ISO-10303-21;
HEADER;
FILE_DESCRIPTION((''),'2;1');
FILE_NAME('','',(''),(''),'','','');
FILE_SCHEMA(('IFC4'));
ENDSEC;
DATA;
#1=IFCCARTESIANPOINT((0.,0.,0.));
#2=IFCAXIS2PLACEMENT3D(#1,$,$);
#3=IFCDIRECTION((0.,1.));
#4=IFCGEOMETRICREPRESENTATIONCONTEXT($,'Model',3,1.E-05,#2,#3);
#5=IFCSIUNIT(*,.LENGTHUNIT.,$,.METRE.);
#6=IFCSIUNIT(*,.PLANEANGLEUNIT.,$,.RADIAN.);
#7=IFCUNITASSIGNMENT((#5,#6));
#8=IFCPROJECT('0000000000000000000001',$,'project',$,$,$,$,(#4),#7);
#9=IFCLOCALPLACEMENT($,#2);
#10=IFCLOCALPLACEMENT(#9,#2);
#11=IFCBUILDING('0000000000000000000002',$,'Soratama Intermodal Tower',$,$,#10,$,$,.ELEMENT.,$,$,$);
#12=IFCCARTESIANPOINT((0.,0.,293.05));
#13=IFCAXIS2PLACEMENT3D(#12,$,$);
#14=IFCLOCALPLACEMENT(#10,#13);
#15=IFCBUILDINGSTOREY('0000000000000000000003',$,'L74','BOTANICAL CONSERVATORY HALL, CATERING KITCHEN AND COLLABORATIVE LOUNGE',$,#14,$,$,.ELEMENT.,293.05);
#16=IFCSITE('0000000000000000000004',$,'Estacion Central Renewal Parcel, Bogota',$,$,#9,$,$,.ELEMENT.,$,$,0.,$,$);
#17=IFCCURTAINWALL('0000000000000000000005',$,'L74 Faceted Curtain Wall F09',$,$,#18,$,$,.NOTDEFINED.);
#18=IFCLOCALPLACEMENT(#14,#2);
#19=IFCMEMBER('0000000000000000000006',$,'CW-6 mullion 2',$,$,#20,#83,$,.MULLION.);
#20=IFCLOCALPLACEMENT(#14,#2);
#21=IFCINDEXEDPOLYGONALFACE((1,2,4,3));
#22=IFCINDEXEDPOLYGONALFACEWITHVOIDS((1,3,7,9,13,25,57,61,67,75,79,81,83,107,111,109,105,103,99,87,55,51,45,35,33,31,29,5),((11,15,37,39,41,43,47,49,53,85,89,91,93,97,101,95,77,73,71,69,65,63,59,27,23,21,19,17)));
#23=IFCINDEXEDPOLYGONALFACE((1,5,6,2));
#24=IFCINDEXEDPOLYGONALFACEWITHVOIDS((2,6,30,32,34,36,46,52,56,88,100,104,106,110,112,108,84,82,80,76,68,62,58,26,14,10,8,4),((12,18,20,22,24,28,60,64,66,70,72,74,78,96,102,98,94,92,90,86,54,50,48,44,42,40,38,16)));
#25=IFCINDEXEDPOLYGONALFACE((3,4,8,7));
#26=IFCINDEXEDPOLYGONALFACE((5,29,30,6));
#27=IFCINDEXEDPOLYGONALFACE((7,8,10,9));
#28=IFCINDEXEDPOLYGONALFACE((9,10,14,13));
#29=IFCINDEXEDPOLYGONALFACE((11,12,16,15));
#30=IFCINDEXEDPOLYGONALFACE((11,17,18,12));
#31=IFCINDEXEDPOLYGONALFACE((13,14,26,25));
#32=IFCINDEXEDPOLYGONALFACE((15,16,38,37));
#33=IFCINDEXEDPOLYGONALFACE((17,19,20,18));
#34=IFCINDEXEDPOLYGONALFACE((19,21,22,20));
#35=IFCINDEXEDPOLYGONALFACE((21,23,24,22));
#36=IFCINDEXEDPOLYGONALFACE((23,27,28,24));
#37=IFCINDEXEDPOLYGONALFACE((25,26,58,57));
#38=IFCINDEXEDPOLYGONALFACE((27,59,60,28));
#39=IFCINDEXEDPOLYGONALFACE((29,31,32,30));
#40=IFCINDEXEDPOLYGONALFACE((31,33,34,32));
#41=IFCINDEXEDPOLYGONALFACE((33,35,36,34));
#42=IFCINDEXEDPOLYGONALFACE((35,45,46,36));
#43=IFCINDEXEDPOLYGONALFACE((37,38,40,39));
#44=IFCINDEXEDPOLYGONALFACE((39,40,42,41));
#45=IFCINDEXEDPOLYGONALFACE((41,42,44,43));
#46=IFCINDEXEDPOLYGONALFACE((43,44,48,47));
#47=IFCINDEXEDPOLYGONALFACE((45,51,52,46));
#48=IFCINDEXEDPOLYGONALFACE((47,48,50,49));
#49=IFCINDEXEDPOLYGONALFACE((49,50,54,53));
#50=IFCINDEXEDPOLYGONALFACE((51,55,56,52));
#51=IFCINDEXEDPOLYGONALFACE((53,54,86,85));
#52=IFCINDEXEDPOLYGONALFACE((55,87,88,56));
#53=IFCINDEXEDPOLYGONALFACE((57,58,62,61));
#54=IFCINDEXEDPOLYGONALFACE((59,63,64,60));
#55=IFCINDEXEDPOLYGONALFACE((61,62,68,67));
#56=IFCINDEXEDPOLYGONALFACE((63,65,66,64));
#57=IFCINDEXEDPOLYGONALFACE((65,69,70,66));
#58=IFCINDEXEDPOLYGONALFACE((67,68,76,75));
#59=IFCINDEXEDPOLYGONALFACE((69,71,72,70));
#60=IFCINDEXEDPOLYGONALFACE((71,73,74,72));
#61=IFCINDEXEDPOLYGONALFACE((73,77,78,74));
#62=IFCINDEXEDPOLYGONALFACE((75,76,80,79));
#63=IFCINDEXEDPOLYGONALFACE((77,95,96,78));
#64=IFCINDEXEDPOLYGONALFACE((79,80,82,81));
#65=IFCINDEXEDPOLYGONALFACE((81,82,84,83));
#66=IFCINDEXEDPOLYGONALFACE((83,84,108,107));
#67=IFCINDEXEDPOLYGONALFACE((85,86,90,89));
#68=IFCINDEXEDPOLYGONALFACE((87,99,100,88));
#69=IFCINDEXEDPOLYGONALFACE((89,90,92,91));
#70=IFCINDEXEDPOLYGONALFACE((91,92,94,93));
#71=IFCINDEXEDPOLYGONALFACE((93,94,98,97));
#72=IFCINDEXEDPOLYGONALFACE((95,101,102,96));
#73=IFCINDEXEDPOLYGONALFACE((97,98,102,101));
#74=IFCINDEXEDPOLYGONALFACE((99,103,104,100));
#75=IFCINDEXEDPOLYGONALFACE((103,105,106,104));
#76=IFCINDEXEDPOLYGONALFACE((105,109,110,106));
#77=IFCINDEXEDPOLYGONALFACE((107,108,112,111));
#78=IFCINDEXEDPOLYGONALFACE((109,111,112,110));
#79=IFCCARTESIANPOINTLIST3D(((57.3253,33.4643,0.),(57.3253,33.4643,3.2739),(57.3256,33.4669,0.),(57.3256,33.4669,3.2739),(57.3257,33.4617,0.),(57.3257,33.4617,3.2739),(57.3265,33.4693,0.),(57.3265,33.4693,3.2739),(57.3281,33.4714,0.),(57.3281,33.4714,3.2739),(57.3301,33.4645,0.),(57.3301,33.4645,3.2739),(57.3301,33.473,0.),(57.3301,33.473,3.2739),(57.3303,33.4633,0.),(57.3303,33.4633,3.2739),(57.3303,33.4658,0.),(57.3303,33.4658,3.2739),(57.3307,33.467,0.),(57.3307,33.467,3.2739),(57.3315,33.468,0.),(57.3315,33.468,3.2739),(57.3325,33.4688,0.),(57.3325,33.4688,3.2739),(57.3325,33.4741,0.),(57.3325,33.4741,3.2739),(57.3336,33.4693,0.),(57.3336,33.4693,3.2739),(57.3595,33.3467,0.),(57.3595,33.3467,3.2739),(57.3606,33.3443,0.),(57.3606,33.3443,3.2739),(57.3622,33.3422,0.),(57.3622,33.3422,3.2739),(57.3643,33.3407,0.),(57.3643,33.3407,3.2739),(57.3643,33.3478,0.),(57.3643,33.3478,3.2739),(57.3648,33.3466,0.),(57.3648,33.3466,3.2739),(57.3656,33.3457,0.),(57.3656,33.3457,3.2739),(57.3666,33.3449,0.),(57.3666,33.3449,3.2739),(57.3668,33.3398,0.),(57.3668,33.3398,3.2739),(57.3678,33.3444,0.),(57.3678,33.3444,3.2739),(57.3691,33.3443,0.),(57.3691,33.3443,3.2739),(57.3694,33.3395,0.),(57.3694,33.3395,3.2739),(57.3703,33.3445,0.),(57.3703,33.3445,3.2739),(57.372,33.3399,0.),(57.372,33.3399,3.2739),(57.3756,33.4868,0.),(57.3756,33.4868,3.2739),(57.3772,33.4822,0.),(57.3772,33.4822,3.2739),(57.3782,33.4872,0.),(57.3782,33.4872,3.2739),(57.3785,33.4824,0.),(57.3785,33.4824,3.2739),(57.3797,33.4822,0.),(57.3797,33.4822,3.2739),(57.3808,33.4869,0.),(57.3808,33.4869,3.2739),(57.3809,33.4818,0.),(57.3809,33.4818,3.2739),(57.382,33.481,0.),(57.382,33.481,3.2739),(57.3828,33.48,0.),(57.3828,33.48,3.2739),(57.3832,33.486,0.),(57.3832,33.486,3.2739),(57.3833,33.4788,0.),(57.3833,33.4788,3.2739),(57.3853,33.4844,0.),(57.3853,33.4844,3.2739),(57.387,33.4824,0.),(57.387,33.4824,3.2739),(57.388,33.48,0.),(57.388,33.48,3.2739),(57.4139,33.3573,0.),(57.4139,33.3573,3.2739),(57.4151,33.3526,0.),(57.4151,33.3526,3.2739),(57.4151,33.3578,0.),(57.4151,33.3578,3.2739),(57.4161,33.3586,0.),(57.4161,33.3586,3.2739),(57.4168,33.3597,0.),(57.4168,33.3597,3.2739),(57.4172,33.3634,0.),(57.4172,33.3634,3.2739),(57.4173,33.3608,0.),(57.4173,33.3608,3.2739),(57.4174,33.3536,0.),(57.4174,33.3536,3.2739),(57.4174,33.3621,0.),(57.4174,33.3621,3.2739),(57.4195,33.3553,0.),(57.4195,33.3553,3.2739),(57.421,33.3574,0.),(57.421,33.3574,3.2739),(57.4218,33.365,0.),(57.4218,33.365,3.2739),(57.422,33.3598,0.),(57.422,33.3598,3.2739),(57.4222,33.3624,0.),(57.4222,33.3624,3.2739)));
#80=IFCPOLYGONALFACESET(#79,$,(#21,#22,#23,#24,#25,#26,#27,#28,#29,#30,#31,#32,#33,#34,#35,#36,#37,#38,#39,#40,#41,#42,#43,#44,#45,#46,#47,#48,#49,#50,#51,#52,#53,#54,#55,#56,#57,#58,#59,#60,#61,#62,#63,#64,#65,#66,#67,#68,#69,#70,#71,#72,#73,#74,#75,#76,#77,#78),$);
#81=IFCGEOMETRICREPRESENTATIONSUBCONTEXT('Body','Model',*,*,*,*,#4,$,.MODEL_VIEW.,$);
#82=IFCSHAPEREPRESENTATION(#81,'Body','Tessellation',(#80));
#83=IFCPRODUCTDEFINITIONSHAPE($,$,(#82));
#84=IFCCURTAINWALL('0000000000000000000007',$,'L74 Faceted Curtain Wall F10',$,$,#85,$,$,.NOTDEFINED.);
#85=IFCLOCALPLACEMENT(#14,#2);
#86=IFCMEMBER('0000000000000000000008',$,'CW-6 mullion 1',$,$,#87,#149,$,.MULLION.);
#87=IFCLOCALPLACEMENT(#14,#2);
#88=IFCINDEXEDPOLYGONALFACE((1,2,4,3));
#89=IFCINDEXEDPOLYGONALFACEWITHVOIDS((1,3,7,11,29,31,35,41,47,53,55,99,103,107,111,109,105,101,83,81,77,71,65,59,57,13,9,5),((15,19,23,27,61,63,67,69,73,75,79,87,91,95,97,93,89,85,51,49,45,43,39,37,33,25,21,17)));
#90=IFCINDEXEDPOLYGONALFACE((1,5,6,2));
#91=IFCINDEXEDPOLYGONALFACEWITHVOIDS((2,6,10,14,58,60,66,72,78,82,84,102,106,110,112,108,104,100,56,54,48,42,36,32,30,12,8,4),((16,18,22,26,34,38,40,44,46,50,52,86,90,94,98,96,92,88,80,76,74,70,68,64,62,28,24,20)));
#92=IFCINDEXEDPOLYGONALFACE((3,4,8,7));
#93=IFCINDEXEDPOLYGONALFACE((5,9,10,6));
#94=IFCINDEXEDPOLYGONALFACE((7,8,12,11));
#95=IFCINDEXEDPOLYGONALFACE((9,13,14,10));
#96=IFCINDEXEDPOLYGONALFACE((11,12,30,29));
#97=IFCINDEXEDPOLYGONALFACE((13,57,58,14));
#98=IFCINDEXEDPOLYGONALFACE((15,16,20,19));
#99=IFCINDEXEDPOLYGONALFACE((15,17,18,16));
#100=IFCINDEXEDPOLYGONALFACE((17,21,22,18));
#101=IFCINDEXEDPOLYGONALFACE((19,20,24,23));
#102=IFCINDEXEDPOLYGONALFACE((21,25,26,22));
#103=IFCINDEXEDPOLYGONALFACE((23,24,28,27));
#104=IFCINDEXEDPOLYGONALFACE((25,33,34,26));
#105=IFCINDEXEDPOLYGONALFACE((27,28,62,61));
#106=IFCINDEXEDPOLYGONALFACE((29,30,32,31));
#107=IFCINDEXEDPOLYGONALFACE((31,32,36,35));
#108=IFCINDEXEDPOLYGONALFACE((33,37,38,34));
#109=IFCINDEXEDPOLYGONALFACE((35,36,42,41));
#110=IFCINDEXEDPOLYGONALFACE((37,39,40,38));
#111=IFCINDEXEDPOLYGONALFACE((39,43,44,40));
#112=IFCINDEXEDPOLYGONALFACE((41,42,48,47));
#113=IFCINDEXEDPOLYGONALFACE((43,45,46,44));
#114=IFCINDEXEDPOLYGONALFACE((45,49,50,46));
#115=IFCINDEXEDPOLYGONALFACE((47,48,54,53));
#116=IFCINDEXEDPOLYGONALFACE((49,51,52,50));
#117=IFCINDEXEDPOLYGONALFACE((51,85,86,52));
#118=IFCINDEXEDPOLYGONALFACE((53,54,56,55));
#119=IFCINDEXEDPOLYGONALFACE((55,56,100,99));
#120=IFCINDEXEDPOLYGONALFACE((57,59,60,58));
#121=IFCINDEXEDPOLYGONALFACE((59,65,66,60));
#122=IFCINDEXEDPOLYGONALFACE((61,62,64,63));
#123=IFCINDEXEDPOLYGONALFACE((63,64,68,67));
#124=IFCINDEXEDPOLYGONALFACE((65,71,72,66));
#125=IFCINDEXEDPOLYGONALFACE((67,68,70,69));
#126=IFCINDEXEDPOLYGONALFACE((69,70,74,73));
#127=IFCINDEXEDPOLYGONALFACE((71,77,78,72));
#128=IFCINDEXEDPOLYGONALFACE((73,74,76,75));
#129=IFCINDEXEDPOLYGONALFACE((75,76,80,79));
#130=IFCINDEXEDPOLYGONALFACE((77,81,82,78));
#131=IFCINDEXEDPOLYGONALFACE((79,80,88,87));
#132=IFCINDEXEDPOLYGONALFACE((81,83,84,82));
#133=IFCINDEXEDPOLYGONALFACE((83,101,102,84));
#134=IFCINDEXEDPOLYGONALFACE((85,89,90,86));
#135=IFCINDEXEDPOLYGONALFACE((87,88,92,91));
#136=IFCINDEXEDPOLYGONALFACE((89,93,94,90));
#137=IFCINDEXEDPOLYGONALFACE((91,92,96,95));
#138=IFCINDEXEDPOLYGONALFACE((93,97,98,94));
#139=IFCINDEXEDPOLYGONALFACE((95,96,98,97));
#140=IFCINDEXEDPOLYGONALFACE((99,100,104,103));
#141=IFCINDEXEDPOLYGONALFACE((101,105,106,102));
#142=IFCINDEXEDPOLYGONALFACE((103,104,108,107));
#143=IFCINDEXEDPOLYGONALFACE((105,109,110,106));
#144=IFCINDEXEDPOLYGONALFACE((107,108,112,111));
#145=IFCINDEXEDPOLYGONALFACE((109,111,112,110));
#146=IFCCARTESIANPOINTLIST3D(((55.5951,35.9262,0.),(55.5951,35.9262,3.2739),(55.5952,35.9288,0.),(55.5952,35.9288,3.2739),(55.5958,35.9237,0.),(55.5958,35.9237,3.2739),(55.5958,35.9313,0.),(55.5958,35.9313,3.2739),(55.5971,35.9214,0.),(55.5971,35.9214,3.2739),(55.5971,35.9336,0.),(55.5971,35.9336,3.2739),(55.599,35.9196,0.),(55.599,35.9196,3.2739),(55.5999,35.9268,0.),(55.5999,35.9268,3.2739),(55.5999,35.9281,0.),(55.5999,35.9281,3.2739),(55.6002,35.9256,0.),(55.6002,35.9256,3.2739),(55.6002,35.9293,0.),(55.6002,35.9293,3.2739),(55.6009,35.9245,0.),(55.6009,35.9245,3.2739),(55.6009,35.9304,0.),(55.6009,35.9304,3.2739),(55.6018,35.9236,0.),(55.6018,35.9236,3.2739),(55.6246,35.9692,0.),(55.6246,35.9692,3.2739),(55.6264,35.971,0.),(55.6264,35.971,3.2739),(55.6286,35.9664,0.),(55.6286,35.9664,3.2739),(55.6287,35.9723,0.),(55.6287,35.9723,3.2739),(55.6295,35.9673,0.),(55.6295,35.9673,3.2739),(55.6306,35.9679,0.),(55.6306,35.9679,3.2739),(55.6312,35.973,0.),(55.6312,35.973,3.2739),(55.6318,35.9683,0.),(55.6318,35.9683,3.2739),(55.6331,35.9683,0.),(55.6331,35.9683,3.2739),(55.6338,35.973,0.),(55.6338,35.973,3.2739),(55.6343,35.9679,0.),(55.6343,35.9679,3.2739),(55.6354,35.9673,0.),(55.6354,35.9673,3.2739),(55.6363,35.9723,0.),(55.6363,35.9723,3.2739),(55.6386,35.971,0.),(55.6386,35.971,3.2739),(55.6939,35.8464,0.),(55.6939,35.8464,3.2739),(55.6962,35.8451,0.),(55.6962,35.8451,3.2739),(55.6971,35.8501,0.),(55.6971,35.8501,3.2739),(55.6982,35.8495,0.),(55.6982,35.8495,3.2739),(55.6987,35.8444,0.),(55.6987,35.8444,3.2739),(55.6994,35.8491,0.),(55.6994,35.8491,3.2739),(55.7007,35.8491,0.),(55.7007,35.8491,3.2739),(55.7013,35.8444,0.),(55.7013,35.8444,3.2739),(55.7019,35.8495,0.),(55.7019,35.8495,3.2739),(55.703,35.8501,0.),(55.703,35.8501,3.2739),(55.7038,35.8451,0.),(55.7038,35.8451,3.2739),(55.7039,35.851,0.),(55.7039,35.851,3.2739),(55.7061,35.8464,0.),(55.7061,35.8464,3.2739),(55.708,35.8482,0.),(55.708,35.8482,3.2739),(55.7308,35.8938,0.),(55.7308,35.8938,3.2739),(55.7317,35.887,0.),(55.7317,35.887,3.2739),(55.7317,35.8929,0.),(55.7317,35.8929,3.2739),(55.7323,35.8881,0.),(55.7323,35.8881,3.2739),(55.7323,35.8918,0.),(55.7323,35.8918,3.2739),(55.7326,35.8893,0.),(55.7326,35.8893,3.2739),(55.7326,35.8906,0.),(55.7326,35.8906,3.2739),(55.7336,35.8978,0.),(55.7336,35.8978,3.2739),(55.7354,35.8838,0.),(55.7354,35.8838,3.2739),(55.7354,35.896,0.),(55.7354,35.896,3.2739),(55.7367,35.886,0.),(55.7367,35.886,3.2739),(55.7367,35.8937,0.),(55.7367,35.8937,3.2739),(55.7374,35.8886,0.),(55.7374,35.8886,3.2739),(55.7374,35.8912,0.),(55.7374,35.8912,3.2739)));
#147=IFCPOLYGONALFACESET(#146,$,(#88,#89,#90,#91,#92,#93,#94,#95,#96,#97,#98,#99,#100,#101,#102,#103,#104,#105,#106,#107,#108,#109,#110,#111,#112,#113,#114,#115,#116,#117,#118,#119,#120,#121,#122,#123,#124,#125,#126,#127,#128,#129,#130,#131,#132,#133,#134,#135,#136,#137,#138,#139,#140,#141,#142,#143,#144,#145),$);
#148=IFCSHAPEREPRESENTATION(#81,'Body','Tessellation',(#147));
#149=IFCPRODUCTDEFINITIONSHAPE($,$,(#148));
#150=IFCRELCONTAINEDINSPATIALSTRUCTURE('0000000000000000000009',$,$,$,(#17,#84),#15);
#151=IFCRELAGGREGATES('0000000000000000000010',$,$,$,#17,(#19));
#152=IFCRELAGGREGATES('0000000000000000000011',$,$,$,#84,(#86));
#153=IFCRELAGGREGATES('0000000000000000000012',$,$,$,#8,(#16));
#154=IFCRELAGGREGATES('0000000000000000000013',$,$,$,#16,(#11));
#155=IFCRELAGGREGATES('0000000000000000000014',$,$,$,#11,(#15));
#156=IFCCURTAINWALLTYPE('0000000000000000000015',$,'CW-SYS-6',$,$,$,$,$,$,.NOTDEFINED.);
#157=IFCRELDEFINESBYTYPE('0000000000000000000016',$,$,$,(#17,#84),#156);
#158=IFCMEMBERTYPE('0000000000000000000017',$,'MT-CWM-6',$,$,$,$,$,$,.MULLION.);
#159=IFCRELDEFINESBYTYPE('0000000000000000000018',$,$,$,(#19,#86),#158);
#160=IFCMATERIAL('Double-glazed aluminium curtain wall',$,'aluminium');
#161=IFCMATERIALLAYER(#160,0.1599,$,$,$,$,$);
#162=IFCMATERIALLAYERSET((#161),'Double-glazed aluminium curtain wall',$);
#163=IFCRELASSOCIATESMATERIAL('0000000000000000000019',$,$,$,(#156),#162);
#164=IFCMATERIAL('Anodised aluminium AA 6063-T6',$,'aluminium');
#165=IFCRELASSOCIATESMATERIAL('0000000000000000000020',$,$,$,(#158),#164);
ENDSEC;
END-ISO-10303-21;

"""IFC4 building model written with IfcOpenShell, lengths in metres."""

from ifc_helpers import new_model, si_unit, direction, frame, origin, origin_2d, place, context, subcontext, project, spatial, hollow_rectangle, extrude, material, layer, layer_set, material_profile, profile_set, type_object, element, aggregate, save


model = new_model("IFC4")

# Units and contexts
model_context = context("Model", 3, precision=1e-05, world=origin(), true_north=direction((0.0, 1.0)))
body_context = subcontext(model_context, "Body", "Model", "MODEL_VIEW")
ifc_project = project(units=[si_unit("LENGTHUNIT", "METRE"), si_unit("PLANEANGLEUNIT", "RADIAN")], contexts=[model_context])

# Site, building, storey
site_placement = place(None, origin())
site = spatial("IfcSite", under=ifc_project, at=site_placement, Name="Estacion Central Renewal Parcel, Bogota", CompositionType="ELEMENT", RefElevation=0.0)
building_placement = place(site_placement, origin())
building = spatial("IfcBuilding", under=site, at=building_placement, Name="Soratama Intermodal Tower", CompositionType="ELEMENT")
storey_placement = place(building_placement, frame((0.0, 0.0, 293.05)))
storey = spatial("IfcBuildingStorey", under=building, at=storey_placement, Name="L74", Description="BOTANICAL CONSERVATORY HALL, CATERING KITCHEN AND COLLABORATIVE LOUNGE", CompositionType="ELEMENT", Elevation=293.05)

# Shared definitions
ifc_material_1 = material(Name="Double-glazed aluminium curtain wall", Category="aluminium")
ifc_layer_1 = layer(ifc_material_1, 0.1599)
ifc_layer_set_1 = layer_set([ifc_layer_1], Name="Double-glazed aluminium curtain wall")
curtain_wall_type = type_object("IfcCurtainWallType", Name="CW-SYS-6", PredefinedType="NOTDEFINED", material=ifc_layer_set_1)
ifc_material_2 = material(Name="Anodised aluminium AA 6063-T6", Category="aluminium")
ifc_material_profile_1 = material_profile(ifc_material_2, hollow_rectangle(XDim=0.0649, YDim=0.1399, WallThickness=0.0049, InnerFilletRadius=0.0049, OuterFilletRadius=0.01, at=origin_2d()), Name="CWM140X65X5")
ifc_profile_set_1 = profile_set([ifc_material_profile_1], Name="Anodised aluminium AA 6063-T6")
member_type_1 = type_object("IfcMemberType", Name="MT-CWM-6", PredefinedType="MULLION", material=ifc_profile_set_1)

# Curtain walls, members
curtain_wall_1_placement = place(storey_placement, origin())
curtain_wall_1 = element("IfcCurtainWall", 1, at=curtain_wall_1_placement, inside=storey, type_object=curtain_wall_type, Name="L74 Faceted Curtain Wall F09", PredefinedType="NOTDEFINED")
member_1_placement = place(storey_placement, frame((57.3738, 33.4133, 0.0), z_axis=(0.0, 0.0, 1.0), x_axis=(-0.959414, -0.282003, 0.0)))
member_1 = element("IfcMember", 2, at=member_1_placement, type_object=member_type_1, Name="CW-6 mullion 2", PredefinedType="MULLION", context=body_context, shape_type="SweptSolid", body=[
    extrude(hollow_rectangle(XDim=0.0649, YDim=0.1399, WallThickness=0.0049, InnerFilletRadius=0.0049, OuterFilletRadius=0.01, at=origin_2d()), origin(), (0.0, 0.0, 1.0), 3.2739),
])
curtain_wall_2_placement = place(storey_placement, origin())
curtain_wall_2 = element("IfcCurtainWall", 3, at=curtain_wall_2_placement, inside=storey, type_object=curtain_wall_type, Name="L74 Faceted Curtain Wall F10", PredefinedType="NOTDEFINED")
member_2_placement = place(storey_placement, frame((55.6663, 35.9087, 0.0), z_axis=(0.0, 0.0, 1.0), x_axis=(-0.610421, -0.792077, 0.0)))
member_2 = element("IfcMember", 4, at=member_2_placement, type_object=member_type_1, Name="CW-6 mullion 1", PredefinedType="MULLION", context=body_context, shape_type="SweptSolid", body=[
    extrude(hollow_rectangle(XDim=0.0649, YDim=0.1399, WallThickness=0.0049, InnerFilletRadius=0.0049, OuterFilletRadius=0.01, at=origin_2d()), origin(), (0.0, 0.0, 1.0), 3.2739),
])

aggregate(curtain_wall_1, [member_1])
aggregate(curtain_wall_2, [member_2])

save(model, "model.ifc")
